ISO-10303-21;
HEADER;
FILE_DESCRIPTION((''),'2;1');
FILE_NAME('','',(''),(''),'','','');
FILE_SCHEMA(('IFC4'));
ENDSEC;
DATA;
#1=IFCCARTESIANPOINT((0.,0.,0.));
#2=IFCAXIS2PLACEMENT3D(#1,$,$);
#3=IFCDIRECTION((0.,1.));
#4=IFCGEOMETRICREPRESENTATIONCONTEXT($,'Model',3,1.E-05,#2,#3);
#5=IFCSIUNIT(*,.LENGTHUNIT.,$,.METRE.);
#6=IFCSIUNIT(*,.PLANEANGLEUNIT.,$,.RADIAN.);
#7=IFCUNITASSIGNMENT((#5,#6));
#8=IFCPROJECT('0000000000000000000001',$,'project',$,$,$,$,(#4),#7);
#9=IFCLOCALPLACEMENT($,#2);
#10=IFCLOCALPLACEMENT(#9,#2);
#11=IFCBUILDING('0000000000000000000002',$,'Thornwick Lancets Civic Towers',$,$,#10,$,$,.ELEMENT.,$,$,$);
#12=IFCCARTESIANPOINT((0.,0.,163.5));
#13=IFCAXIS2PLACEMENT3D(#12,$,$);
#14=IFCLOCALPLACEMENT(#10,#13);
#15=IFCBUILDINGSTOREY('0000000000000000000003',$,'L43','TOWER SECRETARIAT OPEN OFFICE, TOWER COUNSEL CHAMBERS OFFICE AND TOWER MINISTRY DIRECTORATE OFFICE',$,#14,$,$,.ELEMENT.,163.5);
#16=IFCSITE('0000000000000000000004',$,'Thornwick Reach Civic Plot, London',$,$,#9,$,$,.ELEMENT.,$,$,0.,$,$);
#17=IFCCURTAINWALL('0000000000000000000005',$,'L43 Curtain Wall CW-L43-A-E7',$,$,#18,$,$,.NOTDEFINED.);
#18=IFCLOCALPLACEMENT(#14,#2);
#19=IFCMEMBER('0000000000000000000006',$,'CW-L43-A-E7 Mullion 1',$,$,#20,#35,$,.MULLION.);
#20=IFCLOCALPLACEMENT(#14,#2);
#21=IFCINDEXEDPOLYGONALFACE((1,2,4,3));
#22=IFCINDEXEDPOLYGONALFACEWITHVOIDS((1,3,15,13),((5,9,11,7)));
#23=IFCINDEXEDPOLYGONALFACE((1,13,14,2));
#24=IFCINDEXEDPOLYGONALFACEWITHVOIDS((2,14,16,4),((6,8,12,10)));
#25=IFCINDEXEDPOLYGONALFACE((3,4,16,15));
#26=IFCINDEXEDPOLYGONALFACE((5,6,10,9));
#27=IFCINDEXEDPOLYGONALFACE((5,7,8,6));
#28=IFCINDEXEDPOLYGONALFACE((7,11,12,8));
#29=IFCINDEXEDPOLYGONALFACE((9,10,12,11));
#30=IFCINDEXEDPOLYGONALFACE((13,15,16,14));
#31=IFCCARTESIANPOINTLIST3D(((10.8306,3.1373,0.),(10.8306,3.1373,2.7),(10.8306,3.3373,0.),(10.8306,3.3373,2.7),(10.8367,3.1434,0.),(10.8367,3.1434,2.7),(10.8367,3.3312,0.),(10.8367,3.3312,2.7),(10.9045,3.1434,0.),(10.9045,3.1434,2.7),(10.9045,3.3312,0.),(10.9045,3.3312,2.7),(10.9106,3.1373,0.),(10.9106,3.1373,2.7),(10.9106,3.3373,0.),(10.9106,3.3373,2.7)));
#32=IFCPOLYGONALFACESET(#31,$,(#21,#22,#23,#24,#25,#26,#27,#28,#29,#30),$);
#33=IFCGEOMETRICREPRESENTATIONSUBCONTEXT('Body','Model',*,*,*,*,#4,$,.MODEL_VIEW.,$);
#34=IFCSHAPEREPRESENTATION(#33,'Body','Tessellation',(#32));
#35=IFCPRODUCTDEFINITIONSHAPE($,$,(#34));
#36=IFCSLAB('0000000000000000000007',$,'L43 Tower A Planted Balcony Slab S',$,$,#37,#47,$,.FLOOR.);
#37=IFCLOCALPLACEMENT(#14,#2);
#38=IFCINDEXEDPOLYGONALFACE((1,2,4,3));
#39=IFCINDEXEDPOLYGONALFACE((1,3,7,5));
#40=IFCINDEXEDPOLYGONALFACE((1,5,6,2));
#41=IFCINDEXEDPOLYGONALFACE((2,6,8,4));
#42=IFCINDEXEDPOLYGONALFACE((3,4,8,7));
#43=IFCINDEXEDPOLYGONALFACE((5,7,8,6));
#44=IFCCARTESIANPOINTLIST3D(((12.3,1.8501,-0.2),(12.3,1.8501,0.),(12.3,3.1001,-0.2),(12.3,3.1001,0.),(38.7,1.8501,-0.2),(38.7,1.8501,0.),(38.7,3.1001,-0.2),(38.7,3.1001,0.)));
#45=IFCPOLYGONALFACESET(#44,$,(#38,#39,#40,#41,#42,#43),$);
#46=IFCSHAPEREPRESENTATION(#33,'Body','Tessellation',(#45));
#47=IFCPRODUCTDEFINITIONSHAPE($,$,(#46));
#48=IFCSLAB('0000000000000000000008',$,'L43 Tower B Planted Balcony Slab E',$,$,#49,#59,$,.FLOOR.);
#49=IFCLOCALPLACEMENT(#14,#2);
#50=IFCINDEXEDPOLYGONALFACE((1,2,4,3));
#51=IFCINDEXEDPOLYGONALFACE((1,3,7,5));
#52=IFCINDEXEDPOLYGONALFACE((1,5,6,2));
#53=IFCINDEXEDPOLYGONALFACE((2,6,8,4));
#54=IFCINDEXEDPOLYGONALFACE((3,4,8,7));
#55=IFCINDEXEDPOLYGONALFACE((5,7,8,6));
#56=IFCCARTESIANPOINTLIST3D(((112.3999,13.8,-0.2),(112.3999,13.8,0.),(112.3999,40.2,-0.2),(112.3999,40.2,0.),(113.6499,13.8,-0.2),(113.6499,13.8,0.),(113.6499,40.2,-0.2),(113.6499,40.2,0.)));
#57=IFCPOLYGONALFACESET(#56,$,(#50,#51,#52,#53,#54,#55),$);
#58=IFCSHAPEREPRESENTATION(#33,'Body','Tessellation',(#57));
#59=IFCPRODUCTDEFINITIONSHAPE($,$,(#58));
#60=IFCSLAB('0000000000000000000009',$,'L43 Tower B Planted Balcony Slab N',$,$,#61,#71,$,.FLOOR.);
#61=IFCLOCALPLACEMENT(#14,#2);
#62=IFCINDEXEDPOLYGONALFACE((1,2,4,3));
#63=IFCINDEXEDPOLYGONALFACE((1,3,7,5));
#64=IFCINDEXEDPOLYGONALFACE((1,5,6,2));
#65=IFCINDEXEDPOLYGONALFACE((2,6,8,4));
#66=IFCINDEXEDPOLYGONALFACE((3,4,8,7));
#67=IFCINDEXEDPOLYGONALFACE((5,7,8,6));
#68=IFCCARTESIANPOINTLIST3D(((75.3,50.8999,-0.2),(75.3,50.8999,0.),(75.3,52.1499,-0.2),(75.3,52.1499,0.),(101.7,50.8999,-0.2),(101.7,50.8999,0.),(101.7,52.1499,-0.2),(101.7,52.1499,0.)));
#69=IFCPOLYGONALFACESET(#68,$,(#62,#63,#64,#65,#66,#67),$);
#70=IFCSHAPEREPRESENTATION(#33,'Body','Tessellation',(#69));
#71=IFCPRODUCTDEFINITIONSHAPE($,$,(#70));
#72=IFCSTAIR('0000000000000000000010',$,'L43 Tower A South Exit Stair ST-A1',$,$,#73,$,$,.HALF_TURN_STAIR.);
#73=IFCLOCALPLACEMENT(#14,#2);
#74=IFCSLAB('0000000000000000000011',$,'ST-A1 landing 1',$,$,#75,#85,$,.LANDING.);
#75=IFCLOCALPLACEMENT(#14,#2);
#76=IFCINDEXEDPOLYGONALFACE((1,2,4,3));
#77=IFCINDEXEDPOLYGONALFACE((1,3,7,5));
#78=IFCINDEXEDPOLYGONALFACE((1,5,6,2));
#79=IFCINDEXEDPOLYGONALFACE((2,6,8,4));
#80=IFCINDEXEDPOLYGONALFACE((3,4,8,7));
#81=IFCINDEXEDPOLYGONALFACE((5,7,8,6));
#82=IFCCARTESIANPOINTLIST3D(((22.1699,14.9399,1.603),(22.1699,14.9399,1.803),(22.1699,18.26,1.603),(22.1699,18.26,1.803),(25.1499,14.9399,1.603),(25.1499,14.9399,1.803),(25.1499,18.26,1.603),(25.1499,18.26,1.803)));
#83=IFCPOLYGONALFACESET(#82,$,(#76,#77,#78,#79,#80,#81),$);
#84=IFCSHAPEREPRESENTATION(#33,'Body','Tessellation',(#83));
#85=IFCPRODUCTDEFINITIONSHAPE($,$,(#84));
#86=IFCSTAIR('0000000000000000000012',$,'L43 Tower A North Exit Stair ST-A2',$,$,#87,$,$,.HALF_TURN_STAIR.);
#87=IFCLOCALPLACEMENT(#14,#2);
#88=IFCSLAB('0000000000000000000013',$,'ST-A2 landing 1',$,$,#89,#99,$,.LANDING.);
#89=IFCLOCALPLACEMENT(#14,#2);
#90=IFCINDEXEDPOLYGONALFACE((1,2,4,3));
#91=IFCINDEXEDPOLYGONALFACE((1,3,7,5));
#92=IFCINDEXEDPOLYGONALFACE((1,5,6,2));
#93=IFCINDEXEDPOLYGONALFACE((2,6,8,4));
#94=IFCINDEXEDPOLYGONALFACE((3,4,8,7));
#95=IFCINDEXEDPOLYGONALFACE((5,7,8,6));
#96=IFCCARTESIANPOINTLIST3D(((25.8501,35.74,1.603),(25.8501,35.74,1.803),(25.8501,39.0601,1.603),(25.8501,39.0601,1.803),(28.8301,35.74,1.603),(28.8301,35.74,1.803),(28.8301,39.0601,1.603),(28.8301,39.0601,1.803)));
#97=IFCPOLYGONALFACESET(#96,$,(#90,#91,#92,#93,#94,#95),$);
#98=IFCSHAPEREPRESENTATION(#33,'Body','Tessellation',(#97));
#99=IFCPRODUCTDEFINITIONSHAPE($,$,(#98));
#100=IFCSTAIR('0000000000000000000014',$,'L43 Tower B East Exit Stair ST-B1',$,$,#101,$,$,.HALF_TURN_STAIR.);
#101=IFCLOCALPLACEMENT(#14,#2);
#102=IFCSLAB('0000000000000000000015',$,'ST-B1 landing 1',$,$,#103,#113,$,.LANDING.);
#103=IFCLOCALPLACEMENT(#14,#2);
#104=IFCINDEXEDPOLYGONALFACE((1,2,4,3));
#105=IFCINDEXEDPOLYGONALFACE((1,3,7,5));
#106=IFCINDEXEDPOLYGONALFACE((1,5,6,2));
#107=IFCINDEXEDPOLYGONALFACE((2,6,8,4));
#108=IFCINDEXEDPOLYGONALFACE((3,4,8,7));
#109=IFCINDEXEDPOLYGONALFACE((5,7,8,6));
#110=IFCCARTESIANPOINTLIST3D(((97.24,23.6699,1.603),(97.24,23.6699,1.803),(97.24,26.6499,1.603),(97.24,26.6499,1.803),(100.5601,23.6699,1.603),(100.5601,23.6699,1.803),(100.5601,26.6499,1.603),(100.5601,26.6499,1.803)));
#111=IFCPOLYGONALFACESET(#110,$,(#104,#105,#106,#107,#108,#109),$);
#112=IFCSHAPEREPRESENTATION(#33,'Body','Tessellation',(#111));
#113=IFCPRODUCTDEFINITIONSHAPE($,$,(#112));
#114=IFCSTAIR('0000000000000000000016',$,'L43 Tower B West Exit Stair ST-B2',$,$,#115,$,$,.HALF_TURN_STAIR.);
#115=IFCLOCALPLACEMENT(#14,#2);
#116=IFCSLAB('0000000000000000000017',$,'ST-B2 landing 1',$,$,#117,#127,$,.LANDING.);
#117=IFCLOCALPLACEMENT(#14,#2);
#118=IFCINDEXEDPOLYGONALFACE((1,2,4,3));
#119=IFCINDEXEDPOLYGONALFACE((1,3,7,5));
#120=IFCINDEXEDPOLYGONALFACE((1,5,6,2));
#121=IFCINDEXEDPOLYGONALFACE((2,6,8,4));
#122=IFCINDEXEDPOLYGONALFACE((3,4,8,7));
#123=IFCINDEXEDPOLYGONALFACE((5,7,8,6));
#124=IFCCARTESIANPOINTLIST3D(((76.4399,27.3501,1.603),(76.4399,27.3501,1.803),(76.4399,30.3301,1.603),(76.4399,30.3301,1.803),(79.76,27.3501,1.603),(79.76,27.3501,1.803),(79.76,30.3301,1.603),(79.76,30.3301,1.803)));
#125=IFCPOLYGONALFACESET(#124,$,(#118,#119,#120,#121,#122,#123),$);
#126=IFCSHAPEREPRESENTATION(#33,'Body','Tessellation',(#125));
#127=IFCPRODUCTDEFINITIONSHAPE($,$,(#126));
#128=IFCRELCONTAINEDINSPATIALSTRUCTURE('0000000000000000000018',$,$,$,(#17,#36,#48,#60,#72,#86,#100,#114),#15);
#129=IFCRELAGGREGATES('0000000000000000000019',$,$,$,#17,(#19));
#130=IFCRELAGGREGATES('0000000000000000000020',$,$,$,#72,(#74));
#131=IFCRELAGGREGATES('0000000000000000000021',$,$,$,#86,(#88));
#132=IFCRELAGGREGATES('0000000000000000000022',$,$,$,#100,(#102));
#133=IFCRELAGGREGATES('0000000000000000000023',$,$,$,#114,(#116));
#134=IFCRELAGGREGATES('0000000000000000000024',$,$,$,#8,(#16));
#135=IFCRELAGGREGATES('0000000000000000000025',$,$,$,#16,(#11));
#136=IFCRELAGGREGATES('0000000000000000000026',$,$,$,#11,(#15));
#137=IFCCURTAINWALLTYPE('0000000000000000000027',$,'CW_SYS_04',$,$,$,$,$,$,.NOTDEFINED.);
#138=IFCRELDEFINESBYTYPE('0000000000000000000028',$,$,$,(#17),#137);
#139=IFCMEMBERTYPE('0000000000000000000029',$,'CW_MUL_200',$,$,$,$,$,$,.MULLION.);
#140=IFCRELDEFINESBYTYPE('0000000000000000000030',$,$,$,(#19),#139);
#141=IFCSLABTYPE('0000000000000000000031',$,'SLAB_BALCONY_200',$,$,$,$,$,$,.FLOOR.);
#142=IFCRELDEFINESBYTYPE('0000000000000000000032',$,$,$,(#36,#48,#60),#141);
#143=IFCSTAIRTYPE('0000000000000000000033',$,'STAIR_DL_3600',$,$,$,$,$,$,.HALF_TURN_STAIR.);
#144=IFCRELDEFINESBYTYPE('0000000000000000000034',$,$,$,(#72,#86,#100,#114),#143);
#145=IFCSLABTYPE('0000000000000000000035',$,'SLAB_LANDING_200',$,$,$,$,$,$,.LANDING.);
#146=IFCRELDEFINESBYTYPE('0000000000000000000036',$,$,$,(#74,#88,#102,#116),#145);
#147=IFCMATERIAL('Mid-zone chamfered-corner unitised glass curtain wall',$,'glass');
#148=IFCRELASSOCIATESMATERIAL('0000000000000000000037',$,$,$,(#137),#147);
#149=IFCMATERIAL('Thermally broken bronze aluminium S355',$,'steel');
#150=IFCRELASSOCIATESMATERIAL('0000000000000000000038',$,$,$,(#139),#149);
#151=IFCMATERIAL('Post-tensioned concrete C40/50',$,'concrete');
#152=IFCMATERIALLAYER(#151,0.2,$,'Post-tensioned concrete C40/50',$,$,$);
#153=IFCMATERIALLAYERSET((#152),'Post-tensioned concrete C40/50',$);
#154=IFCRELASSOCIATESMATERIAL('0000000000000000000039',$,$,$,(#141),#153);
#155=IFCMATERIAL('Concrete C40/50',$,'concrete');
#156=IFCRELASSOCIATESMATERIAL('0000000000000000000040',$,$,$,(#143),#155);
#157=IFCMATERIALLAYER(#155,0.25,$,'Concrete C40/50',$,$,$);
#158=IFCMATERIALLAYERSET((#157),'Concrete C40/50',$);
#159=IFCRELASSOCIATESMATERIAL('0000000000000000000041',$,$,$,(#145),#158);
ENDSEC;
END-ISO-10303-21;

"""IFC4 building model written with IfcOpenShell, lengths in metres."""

from ifc_helpers import new_model, si_unit, direction, frame, origin, origin_2d, place, context, subcontext, project, spatial, polyline, hollow_rectangle, outline, extrude, material, layer, layer_set, material_profile, profile_set, type_object, element, aggregate, save


model = new_model("IFC4")

# Units and contexts
model_context = context("Model", 3, precision=1e-05, world=origin(), true_north=direction((0.0, 1.0)))
body_context = subcontext(model_context, "Body", "Model", "MODEL_VIEW")
ifc_project = project(units=[si_unit("LENGTHUNIT", "METRE"), si_unit("PLANEANGLEUNIT", "RADIAN")], contexts=[model_context])

# Site, building, storey
site_placement = place(None, origin())
site = spatial("IfcSite", under=ifc_project, at=site_placement, Name="Thornwick Reach Civic Plot, London", CompositionType="ELEMENT", RefElevation=0.0)
building_placement = place(site_placement, origin())
building = spatial("IfcBuilding", under=site, at=building_placement, Name="Thornwick Lancets Civic Towers", CompositionType="ELEMENT")
storey_placement = place(building_placement, frame((0.0, 0.0, 163.5)))
storey = spatial("IfcBuildingStorey", under=building, at=storey_placement, Name="L43", Description="TOWER SECRETARIAT OPEN OFFICE, TOWER COUNSEL CHAMBERS OFFICE AND TOWER MINISTRY DIRECTORATE OFFICE", CompositionType="ELEMENT", Elevation=163.5)

# Curtain wall, member
ifc_material_1 = material(Name="Mid-zone chamfered-corner unitised glass curtain wall", Category="glass")
curtain_wall_type = type_object("IfcCurtainWallType", Name="CW_SYS_04", PredefinedType="NOTDEFINED", material=ifc_material_1)
curtain_wall_placement = place(storey_placement, origin())
curtain_wall = element("IfcCurtainWall", 1, at=curtain_wall_placement, inside=storey, type_object=curtain_wall_type, Name="L43 Curtain Wall CW-L43-A-E7", PredefinedType="NOTDEFINED")
ifc_material_2 = material(Name="Thermally broken bronze aluminium S355", Category="steel")
ifc_material_profile = material_profile(ifc_material_2, hollow_rectangle(XDim=0.0801, YDim=0.2, WallThickness=0.0061, at=origin_2d()), Name="RHS 200x80x6")
ifc_profile_set = profile_set([ifc_material_profile], Name="Thermally broken bronze aluminium S355")
member_type = type_object("IfcMemberType", Name="CW_MUL_200", PredefinedType="MULLION", material=ifc_profile_set)
member_placement = place(storey_placement, frame((10.8706, 3.2373, 0.0), z_axis=(0.0, 0.0, 1.0), x_axis=(1.0, 0.0, 0.0)))
member = element("IfcMember", 2, at=member_placement, type_object=member_type, Name="CW-L43-A-E7 Mullion 1", PredefinedType="MULLION", context=body_context, shape_type="SweptSolid", body=[
    extrude(hollow_rectangle(XDim=0.0801, YDim=0.2, WallThickness=0.0061, at=origin_2d()), origin(), (0.0, 0.0, 1.0), 2.7),
])
aggregate(curtain_wall, [member])

# Slabs
ifc_material_3 = material(Name="Post-tensioned concrete C40/50", Category="concrete")
ifc_layer_1 = layer(ifc_material_3, 0.2, Name="Post-tensioned concrete C40/50")
ifc_layer_set_1 = layer_set([ifc_layer_1], Name="Post-tensioned concrete C40/50")
slab_type_1 = type_object("IfcSlabType", Name="SLAB_BALCONY_200", PredefinedType="FLOOR", material=ifc_layer_set_1)
slab_1_placement = place(storey_placement, frame((0.0, 0.0, -0.2)))
element("IfcSlab", 3, at=slab_1_placement, inside=storey, type_object=slab_type_1, Name="L43 Tower A Planted Balcony Slab S", PredefinedType="FLOOR", context=body_context, shape_type="SweptSolid", body=[
    extrude(outline(polyline([(12.3, 1.8501), (38.7, 1.8501), (38.7, 3.1001), (12.3, 3.1001), (12.3, 1.8501)])), origin(), (0.0, 0.0, 1.0), 0.2),
])
slab_2_placement = place(storey_placement, frame((0.0, 0.0, -0.2)))
element("IfcSlab", 4, at=slab_2_placement, inside=storey, type_object=slab_type_1, Name="L43 Tower B Planted Balcony Slab E", PredefinedType="FLOOR", context=body_context, shape_type="SweptSolid", body=[
    extrude(outline(polyline([(112.3999, 13.8), (113.6499, 13.8), (113.6499, 40.2), (112.3999, 40.2), (112.3999, 13.8)])), origin(), (0.0, 0.0, 1.0), 0.2),
])
slab_3_placement = place(storey_placement, frame((0.0, 0.0, -0.2)))
element("IfcSlab", 5, at=slab_3_placement, inside=storey, type_object=slab_type_1, Name="L43 Tower B Planted Balcony Slab N", PredefinedType="FLOOR", context=body_context, shape_type="SweptSolid", body=[
    extrude(outline(polyline([(75.3, 50.8999), (101.7, 50.8999), (101.7, 52.1499), (75.3, 52.1499), (75.3, 50.8999)])), origin(), (0.0, 0.0, 1.0), 0.2),
])

# Stairs, slabs
ifc_material_4 = material(Name="Concrete C40/50", Category="concrete")
stair_type = type_object("IfcStairType", Name="STAIR_DL_3600", PredefinedType="HALF_TURN_STAIR", material=ifc_material_4)
stair_1_placement = place(storey_placement, origin())
stair_1 = element("IfcStair", 6, at=stair_1_placement, inside=storey, type_object=stair_type, Name="L43 Tower A South Exit Stair ST-A1", PredefinedType="HALF_TURN_STAIR")
ifc_layer_2 = layer(ifc_material_4, 0.25, Name="Concrete C40/50")
ifc_layer_set_2 = layer_set([ifc_layer_2], Name="Concrete C40/50")
slab_type_2 = type_object("IfcSlabType", Name="SLAB_LANDING_200", PredefinedType="LANDING", material=ifc_layer_set_2)
slab_4_placement = place(storey_placement, frame((0.0, 0.0, 1.603)))
slab_4 = element("IfcSlab", 7, at=slab_4_placement, type_object=slab_type_2, Name="ST-A1 landing 1", PredefinedType="LANDING", context=body_context, shape_type="SweptSolid", body=[
    extrude(outline(polyline([(22.1699, 14.9399), (25.1499, 14.9399), (25.1499, 18.26), (22.1699, 18.26), (22.1699, 14.9399)])), origin(), (0.0, 0.0, 1.0), 0.2),
])
aggregate(stair_1, [slab_4])
stair_2_placement = place(storey_placement, origin())
stair_2 = element("IfcStair", 8, at=stair_2_placement, inside=storey, type_object=stair_type, Name="L43 Tower A North Exit Stair ST-A2", PredefinedType="HALF_TURN_STAIR")
slab_5_placement = place(storey_placement, frame((0.0, 0.0, 1.603)))
slab_5 = element("IfcSlab", 9, at=slab_5_placement, type_object=slab_type_2, Name="ST-A2 landing 1", PredefinedType="LANDING", context=body_context, shape_type="SweptSolid", body=[
    extrude(outline(polyline([(28.8301, 39.0601), (25.8501, 39.0601), (25.8501, 35.74), (28.8301, 35.74), (28.8301, 39.0601)])), origin(), (0.0, 0.0, 1.0), 0.2),
])
aggregate(stair_2, [slab_5])
stair_3_placement = place(storey_placement, origin())
stair_3 = element("IfcStair", 10, at=stair_3_placement, inside=storey, type_object=stair_type, Name="L43 Tower B East Exit Stair ST-B1", PredefinedType="HALF_TURN_STAIR")
slab_6_placement = place(storey_placement, frame((0.0, 0.0, 1.603)))
slab_6 = element("IfcSlab", 11, at=slab_6_placement, type_object=slab_type_2, Name="ST-B1 landing 1", PredefinedType="LANDING", context=body_context, shape_type="SweptSolid", body=[
    extrude(outline(polyline([(100.5601, 23.6699), (100.5601, 26.6499), (97.24, 26.6499), (97.24, 23.6699), (100.5601, 23.6699)])), origin(), (0.0, 0.0, 1.0), 0.2),
])
aggregate(stair_3, [slab_6])
stair_4_placement = place(storey_placement, origin())
stair_4 = element("IfcStair", 12, at=stair_4_placement, inside=storey, type_object=stair_type, Name="L43 Tower B West Exit Stair ST-B2", PredefinedType="HALF_TURN_STAIR")
slab_7_placement = place(storey_placement, frame((0.0, 0.0, 1.603)))
slab_7 = element("IfcSlab", 13, at=slab_7_placement, type_object=slab_type_2, Name="ST-B2 landing 1", PredefinedType="LANDING", context=body_context, shape_type="SweptSolid", body=[
    extrude(outline(polyline([(76.4399, 30.3301), (76.4399, 27.3501), (79.76, 27.3501), (79.76, 30.3301), (76.4399, 30.3301)])), origin(), (0.0, 0.0, 1.0), 0.2),
])
aggregate(stair_4, [slab_7])

save(model, "model.ifc")
